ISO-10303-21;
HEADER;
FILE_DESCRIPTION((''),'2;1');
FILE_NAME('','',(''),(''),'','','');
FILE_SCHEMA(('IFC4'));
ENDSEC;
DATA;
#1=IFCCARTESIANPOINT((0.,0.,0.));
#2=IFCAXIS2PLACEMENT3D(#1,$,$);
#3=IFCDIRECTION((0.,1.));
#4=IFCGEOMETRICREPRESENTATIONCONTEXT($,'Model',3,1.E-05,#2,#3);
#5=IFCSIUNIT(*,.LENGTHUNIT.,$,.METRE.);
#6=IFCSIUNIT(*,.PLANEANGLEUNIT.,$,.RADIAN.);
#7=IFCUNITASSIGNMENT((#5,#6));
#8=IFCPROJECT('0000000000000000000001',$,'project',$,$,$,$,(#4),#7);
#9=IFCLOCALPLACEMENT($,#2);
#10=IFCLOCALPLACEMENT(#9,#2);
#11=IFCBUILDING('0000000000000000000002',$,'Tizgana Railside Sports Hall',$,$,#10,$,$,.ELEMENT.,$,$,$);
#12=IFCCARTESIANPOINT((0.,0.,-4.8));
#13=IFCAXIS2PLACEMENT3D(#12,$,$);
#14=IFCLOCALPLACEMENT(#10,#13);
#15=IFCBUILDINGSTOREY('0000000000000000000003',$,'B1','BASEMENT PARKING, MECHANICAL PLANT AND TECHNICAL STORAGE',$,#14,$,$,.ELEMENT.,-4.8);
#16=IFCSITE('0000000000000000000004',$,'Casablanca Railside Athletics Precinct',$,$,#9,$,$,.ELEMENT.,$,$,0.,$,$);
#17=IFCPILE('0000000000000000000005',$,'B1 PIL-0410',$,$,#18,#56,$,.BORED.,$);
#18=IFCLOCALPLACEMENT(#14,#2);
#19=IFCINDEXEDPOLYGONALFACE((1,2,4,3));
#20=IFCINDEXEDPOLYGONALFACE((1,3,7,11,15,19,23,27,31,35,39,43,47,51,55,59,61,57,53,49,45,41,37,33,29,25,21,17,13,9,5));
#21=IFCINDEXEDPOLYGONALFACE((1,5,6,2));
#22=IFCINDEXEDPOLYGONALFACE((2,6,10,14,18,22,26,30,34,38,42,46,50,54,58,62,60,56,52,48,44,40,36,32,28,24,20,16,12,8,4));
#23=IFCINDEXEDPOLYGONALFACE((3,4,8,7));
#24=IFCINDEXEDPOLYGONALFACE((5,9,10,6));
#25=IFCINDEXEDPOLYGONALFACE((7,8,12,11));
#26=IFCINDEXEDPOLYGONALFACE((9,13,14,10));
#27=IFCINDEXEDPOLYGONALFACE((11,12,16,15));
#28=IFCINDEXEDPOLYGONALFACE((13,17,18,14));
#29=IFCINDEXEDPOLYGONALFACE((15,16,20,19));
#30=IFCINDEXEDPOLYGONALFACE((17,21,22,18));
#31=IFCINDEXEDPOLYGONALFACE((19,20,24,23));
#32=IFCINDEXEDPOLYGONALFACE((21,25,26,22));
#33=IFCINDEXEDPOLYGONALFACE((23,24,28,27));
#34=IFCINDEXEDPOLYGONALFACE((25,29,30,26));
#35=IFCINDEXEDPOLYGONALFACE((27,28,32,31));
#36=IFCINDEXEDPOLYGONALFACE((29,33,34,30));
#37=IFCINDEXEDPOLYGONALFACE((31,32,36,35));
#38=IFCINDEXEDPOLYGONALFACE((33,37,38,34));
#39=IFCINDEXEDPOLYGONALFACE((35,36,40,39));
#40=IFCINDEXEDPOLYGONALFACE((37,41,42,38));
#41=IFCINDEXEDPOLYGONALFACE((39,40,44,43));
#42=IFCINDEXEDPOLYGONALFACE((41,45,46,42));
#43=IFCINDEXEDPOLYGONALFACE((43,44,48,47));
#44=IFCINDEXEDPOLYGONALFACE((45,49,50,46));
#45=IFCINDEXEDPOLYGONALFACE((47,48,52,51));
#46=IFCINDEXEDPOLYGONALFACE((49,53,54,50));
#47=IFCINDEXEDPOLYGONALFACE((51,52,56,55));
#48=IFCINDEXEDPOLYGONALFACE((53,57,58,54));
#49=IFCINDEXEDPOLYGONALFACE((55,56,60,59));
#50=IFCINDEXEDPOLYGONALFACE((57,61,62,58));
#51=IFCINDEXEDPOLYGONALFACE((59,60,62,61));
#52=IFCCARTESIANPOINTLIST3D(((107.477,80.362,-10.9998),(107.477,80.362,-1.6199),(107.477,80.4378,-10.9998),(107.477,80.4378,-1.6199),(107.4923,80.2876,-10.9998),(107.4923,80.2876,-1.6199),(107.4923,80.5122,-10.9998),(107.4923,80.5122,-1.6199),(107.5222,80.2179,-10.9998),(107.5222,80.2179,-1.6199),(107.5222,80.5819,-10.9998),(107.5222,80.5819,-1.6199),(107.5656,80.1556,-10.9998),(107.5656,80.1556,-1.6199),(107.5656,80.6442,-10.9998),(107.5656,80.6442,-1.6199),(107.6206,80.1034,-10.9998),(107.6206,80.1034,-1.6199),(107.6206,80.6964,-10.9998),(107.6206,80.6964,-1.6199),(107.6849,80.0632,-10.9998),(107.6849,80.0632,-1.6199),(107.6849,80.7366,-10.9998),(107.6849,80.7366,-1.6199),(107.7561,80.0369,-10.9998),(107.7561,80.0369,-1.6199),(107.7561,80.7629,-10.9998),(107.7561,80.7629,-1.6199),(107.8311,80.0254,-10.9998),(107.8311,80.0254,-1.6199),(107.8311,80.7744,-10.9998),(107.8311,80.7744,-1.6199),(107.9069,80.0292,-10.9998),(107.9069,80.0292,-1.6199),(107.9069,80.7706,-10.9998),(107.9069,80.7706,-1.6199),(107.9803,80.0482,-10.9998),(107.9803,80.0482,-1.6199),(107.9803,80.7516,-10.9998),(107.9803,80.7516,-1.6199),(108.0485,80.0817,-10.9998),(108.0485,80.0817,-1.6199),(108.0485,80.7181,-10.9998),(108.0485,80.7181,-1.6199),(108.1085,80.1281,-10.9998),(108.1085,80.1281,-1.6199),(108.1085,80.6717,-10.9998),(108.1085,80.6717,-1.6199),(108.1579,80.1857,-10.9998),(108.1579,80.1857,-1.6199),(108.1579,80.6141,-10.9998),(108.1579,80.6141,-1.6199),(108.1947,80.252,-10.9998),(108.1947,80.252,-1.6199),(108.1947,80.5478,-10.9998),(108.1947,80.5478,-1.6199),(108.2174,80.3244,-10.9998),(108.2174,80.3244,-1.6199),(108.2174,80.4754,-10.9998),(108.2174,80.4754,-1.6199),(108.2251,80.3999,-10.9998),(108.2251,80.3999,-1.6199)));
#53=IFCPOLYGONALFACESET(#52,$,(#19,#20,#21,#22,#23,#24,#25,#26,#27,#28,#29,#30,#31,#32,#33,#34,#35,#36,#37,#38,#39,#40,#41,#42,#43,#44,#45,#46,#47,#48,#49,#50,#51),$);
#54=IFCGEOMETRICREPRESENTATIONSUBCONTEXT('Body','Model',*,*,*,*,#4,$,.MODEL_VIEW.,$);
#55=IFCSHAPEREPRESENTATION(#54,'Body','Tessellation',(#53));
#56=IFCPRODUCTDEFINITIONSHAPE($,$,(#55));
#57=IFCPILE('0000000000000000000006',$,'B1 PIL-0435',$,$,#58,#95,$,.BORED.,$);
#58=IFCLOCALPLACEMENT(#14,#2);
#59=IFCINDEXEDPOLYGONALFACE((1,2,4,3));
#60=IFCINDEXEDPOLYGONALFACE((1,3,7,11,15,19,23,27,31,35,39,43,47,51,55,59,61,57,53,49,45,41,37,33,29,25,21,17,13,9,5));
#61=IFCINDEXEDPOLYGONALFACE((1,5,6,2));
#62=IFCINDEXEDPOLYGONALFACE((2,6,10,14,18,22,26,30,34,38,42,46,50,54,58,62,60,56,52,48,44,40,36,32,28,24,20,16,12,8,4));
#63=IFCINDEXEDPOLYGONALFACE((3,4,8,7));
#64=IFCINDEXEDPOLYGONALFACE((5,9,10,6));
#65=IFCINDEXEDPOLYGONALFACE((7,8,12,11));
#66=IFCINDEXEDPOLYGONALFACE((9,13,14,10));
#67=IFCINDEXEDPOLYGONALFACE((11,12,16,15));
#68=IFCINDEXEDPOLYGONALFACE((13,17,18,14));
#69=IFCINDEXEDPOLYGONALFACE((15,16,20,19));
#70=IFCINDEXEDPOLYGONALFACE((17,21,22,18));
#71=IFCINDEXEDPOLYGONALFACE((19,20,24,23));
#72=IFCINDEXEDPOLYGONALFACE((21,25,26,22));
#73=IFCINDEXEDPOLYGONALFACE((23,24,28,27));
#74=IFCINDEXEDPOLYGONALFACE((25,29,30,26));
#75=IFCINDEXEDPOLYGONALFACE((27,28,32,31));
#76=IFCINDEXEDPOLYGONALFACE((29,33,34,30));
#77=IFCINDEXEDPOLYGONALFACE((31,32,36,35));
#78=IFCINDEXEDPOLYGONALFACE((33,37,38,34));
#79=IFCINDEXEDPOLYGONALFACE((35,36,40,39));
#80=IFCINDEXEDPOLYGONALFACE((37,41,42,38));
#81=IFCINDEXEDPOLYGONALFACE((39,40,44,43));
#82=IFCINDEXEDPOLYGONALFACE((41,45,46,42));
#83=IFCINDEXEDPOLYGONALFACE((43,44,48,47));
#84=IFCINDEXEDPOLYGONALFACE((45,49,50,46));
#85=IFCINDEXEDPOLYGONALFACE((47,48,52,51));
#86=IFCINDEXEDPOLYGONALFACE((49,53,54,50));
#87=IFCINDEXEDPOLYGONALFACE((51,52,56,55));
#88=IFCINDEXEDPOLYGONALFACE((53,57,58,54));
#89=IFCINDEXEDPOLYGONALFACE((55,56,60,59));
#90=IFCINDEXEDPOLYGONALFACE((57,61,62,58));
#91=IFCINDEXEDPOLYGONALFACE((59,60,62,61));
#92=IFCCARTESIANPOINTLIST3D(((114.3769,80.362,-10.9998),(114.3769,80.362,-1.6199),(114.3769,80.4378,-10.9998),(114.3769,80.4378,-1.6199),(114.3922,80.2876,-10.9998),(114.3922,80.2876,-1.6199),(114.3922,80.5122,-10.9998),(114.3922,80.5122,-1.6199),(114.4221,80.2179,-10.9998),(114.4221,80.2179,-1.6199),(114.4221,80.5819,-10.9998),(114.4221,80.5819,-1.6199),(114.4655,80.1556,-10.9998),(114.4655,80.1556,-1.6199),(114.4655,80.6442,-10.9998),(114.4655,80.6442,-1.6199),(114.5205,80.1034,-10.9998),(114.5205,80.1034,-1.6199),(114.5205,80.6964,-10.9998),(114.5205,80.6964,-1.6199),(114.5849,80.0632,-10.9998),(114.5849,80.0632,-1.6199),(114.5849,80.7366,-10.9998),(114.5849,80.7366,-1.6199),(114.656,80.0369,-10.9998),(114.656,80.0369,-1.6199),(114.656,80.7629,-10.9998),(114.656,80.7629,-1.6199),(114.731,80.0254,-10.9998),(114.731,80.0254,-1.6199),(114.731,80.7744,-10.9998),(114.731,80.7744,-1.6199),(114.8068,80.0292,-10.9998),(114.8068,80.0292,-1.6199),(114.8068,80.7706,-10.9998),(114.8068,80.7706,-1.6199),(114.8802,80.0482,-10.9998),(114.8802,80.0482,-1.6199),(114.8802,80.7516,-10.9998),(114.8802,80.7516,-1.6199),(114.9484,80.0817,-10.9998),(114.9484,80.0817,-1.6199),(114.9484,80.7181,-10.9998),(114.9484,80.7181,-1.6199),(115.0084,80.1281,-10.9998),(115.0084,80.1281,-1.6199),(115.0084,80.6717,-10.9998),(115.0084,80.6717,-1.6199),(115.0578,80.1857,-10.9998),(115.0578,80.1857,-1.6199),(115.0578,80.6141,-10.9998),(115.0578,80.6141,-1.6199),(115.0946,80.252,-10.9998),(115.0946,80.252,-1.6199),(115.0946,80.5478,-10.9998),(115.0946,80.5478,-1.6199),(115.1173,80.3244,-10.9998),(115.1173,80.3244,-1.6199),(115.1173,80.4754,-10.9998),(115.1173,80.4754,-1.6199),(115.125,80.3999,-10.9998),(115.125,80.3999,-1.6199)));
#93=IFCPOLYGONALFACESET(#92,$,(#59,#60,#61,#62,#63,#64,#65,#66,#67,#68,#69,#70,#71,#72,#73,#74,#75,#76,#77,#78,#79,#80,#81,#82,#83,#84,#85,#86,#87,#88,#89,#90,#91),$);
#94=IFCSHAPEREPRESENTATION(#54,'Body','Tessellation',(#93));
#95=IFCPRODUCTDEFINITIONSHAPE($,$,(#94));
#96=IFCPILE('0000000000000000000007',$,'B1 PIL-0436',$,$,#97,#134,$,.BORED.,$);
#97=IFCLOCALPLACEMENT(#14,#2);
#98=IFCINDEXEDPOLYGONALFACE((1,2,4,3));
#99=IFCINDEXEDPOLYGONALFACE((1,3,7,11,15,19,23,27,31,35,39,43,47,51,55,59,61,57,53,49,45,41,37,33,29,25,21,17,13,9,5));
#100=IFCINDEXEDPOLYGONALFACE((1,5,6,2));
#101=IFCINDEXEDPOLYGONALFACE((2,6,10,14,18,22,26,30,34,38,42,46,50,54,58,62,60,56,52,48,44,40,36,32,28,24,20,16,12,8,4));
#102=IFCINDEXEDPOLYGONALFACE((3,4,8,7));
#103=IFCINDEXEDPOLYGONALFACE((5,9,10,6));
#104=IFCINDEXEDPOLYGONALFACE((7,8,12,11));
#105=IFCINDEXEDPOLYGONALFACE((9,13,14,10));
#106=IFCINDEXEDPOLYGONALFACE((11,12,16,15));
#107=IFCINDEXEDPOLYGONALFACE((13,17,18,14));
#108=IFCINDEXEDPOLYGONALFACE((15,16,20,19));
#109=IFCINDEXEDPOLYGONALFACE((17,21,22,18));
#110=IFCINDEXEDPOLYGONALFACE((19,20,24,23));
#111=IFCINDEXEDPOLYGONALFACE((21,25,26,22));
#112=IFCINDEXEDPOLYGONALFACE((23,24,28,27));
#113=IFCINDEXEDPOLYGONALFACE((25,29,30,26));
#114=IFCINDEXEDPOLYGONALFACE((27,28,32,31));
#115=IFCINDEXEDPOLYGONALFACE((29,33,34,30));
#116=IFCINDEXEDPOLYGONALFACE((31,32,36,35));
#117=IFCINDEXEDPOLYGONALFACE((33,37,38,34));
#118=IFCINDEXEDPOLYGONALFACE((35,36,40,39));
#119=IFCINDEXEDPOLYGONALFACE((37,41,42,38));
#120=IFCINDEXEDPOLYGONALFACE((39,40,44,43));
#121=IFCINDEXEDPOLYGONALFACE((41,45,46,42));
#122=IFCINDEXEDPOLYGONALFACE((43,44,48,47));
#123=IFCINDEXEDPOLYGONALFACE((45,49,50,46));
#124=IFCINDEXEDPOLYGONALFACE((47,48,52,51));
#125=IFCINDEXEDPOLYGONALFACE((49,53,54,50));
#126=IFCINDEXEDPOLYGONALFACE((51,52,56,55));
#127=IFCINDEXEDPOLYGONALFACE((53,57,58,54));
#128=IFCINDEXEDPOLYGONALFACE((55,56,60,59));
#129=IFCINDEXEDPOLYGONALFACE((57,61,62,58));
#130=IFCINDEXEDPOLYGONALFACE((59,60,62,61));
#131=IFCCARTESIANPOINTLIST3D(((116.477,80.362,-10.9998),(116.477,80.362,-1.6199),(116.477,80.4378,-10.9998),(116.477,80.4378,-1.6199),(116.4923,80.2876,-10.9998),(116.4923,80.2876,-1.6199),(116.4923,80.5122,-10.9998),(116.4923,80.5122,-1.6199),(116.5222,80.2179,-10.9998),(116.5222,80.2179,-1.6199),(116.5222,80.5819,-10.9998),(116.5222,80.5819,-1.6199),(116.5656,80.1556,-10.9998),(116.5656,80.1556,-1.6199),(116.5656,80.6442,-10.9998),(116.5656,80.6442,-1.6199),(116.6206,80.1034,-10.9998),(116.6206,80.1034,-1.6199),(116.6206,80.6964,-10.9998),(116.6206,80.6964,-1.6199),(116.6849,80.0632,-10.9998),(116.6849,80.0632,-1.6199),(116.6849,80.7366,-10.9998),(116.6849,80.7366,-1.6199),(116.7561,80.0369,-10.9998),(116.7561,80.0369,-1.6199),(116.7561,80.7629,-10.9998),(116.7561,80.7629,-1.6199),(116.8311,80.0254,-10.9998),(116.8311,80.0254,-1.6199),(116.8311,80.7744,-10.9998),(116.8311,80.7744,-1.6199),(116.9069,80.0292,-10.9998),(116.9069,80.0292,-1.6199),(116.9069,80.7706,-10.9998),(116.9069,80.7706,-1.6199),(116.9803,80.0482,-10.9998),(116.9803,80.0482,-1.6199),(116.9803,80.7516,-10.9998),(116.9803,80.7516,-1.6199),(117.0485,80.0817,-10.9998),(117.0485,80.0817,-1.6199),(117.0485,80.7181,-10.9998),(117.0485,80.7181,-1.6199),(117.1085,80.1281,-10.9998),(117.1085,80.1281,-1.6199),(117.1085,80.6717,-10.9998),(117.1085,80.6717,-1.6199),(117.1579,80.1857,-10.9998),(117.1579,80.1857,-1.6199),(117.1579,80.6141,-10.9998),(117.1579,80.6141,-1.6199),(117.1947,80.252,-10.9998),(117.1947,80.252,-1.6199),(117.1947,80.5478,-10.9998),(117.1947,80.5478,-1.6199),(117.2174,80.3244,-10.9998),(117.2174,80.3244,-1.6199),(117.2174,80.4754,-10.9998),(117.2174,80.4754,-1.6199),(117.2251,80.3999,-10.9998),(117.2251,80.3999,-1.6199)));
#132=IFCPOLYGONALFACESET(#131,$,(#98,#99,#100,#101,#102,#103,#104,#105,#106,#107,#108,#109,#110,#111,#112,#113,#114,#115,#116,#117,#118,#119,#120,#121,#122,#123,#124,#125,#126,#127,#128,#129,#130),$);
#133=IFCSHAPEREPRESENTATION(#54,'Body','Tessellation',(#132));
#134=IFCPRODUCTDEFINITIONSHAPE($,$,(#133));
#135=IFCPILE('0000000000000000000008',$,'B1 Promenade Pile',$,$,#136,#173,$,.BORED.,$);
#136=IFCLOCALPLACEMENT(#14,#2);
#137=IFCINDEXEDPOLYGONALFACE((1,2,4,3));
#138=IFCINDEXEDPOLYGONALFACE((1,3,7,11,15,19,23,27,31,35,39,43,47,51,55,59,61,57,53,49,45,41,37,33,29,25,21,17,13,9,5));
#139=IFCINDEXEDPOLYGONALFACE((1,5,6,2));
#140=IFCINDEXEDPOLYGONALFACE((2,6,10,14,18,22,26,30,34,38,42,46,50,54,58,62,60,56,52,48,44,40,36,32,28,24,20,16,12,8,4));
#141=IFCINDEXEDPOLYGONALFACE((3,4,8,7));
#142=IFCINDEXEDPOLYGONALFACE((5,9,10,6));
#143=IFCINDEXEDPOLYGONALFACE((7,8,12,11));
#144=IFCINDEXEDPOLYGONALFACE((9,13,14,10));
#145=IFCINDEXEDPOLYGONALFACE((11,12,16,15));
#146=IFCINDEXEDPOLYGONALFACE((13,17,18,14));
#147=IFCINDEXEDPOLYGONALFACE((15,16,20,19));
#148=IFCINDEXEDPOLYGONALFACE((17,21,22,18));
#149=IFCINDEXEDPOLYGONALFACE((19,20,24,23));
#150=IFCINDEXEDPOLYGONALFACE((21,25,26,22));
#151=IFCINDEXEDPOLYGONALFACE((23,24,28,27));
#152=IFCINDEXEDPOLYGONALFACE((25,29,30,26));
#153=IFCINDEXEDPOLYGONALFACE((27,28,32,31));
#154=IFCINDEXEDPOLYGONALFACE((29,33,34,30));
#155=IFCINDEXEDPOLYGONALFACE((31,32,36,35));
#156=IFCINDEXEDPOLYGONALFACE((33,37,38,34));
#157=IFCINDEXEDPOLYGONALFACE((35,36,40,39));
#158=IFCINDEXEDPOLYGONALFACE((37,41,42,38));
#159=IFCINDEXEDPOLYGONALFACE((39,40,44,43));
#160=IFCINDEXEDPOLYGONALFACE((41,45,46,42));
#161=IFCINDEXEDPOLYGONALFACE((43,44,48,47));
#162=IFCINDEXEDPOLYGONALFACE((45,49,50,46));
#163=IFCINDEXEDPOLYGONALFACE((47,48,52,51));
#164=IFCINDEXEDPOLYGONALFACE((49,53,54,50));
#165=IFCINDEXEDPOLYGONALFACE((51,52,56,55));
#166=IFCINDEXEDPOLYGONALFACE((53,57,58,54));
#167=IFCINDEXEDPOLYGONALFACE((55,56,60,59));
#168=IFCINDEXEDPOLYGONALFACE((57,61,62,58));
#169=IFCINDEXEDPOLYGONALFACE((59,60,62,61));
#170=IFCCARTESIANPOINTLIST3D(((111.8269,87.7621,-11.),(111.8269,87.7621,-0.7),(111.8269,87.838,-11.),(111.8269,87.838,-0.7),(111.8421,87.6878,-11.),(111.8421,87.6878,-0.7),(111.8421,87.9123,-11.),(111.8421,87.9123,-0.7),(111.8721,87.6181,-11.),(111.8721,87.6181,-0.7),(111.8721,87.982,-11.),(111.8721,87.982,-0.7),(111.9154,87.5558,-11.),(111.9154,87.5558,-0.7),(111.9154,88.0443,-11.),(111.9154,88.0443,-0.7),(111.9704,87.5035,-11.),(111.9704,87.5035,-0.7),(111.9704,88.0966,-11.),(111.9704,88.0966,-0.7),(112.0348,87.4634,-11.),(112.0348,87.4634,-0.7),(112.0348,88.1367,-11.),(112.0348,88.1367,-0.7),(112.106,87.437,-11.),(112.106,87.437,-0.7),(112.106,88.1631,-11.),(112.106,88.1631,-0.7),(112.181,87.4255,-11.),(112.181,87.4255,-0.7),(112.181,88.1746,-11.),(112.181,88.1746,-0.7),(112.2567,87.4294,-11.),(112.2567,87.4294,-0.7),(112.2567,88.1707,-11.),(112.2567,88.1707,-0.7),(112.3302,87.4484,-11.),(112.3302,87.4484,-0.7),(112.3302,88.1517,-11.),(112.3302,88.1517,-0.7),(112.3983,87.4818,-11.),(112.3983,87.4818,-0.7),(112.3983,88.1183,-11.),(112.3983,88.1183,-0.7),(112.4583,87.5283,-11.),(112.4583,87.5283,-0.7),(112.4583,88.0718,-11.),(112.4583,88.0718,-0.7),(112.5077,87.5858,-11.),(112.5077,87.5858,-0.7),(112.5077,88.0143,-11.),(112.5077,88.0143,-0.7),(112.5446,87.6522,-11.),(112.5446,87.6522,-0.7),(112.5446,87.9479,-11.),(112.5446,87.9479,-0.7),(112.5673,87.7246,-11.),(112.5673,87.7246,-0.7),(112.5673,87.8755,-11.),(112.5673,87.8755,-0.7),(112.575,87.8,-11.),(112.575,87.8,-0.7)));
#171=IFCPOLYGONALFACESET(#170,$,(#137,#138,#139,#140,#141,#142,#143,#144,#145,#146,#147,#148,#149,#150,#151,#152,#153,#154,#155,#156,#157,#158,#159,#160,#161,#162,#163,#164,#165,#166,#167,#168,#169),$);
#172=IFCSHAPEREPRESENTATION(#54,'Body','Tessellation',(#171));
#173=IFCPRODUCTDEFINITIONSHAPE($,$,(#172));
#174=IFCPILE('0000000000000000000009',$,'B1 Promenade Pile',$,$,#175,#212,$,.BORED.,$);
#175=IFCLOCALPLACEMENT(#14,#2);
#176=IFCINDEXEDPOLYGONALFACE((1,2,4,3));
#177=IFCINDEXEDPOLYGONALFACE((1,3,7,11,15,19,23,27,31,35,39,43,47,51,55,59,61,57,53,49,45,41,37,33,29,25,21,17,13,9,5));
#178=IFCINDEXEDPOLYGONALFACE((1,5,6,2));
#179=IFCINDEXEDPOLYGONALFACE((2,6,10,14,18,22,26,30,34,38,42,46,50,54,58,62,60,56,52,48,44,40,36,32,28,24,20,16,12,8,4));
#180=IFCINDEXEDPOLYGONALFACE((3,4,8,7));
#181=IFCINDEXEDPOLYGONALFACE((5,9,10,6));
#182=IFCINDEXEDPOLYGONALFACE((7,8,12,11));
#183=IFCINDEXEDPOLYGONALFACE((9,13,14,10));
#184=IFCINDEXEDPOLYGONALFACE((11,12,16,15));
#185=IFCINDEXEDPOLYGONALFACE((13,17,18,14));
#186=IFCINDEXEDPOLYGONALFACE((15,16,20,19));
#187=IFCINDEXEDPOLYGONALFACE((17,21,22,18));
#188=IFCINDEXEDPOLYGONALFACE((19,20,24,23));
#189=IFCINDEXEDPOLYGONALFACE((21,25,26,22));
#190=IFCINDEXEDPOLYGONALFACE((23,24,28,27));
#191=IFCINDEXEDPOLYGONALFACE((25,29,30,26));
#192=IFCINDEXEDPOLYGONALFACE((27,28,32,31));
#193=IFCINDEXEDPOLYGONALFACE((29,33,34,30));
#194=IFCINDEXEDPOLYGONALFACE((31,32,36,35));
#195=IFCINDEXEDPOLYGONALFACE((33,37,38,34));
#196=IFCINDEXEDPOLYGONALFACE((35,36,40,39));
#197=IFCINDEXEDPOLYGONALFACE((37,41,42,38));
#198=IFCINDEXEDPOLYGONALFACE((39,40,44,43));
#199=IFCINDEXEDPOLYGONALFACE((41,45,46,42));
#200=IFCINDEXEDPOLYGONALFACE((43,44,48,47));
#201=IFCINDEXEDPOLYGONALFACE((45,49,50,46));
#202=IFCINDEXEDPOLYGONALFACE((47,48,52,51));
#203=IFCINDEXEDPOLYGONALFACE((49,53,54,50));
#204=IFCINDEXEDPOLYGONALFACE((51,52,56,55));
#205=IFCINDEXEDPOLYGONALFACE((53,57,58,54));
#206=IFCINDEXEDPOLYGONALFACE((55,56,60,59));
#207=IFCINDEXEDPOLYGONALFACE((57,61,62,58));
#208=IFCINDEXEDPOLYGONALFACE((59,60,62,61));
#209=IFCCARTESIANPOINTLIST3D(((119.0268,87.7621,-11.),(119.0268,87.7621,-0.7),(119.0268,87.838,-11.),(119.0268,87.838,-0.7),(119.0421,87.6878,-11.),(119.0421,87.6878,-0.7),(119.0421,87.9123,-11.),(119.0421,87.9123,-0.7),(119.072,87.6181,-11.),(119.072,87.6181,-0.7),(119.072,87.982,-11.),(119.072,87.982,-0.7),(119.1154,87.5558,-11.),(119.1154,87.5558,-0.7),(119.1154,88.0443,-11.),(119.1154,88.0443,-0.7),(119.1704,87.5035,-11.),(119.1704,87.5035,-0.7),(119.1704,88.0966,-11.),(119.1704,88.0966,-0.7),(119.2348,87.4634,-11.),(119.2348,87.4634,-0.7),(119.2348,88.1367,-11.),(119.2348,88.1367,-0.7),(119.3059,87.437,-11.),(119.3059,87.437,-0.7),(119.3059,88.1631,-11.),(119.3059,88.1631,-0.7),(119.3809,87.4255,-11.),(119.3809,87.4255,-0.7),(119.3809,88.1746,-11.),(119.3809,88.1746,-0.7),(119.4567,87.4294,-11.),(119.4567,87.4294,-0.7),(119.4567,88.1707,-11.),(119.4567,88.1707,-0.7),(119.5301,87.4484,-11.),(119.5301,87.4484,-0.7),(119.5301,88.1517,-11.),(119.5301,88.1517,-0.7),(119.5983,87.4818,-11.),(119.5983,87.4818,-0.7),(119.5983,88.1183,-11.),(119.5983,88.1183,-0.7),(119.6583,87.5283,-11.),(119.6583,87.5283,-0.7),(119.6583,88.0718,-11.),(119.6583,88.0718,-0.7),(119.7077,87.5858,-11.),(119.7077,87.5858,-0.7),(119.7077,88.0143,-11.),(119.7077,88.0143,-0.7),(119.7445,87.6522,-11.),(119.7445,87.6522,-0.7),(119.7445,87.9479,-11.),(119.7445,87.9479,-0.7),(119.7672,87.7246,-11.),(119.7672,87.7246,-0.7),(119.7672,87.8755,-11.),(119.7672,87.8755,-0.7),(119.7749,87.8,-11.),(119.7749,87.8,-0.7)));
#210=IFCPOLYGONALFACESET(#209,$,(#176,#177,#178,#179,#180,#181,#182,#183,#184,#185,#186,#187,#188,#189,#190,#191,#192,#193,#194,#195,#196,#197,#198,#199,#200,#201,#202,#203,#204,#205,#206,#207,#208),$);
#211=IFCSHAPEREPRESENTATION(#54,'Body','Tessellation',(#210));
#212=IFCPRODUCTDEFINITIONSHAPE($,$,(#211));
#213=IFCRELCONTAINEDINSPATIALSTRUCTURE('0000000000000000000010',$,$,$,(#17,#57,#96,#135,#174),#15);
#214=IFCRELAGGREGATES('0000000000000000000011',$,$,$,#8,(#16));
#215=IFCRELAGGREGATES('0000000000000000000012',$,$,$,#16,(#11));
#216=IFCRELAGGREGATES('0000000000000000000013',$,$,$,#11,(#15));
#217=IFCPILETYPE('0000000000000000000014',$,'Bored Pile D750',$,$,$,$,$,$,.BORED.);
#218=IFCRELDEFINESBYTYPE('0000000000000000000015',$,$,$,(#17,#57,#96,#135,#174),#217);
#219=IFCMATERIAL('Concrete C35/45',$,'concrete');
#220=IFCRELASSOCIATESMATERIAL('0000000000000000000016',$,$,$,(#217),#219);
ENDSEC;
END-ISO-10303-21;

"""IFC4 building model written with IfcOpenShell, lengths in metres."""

from ifc_helpers import new_model, si_unit, direction, frame, origin, origin_2d, place, context, subcontext, project, spatial, circle, extrude, material, material_profile, profile_set, type_object, element, save


model = new_model("IFC4")

# Units and contexts
model_context = context("Model", 3, precision=1e-05, world=origin(), true_north=direction((0.0, 1.0)))
body_context = subcontext(model_context, "Body", "Model", "MODEL_VIEW")
ifc_project = project(units=[si_unit("LENGTHUNIT", "METRE"), si_unit("PLANEANGLEUNIT", "RADIAN")], contexts=[model_context])

# Site, building, storey
site_placement = place(None, origin())
site = spatial("IfcSite", under=ifc_project, at=site_placement, Name="Casablanca Railside Athletics Precinct", CompositionType="ELEMENT", RefElevation=0.0)
building_placement = place(site_placement, origin())
building = spatial("IfcBuilding", under=site, at=building_placement, Name="Tizgana Railside Sports Hall", CompositionType="ELEMENT")
storey_placement = place(building_placement, frame((0.0, 0.0, -4.8)))
storey = spatial("IfcBuildingStorey", under=building, at=storey_placement, Name="B1", Description="BASEMENT PARKING, MECHANICAL PLANT AND TECHNICAL STORAGE", CompositionType="ELEMENT", Elevation=-4.8)

# Piles
ifc_material_1 = material(Name="Concrete C35/45", Category="concrete")
ifc_material_profile_1 = material_profile(ifc_material_1, circle(Radius=0.375, at=origin_2d()), Name="PILE D750")
ifc_profile_set_1 = profile_set([ifc_material_profile_1], Name="Concrete C35/45")
pile_type_1 = type_object("IfcPileType", Name="Bored Pile D750", PredefinedType="BORED", material=ifc_profile_set_1)
for number, where, z_axis, x_axis, name in (
    (1, (107.8501, 80.3999, -1.6199), (0.0, 0.0, -1.0), (1.0, 0.0, 0.0), "B1 PIL-0410"),
    (2, (114.75, 80.3999, -1.6199), (0.0, 0.0, -1.0), (1.0, 0.0, 0.0), "B1 PIL-0435"),
    (3, (116.8501, 80.3999, -1.6199), (0.0, 0.0, -1.0), (1.0, 0.0, 0.0), "B1 PIL-0436"),
):
    element("IfcPile", number, at=place(storey_placement, frame(where, z_axis=z_axis, x_axis=x_axis)), inside=storey, type_object=pile_type_1, Name=name, PredefinedType="BORED", context=body_context, shape_type="SweptSolid", body=[
        extrude(circle(Radius=0.375, at=origin_2d()), origin(), (0.0, 0.0, 1.0), 9.3799),
    ])
for number, where, z_axis, x_axis, name in (
    (4, (112.2, 87.8, -0.7), (0.0, 0.0, -1.0), (1.0, 0.0, 0.0), "B1 Promenade Pile"),
    (5, (119.3999, 87.8, -0.7), (0.0, 0.0, -1.0), (1.0, 0.0, 0.0), "B1 Promenade Pile"),
):
    element("IfcPile", number, at=place(storey_placement, frame(where, z_axis=z_axis, x_axis=x_axis)), inside=storey, type_object=pile_type_1, Name=name, PredefinedType="BORED", context=body_context, shape_type="SweptSolid", body=[
        extrude(circle(Radius=0.375, at=origin_2d()), origin(), (0.0, 0.0, 1.0), 10.3),
    ])

save(model, "model.ifc")
